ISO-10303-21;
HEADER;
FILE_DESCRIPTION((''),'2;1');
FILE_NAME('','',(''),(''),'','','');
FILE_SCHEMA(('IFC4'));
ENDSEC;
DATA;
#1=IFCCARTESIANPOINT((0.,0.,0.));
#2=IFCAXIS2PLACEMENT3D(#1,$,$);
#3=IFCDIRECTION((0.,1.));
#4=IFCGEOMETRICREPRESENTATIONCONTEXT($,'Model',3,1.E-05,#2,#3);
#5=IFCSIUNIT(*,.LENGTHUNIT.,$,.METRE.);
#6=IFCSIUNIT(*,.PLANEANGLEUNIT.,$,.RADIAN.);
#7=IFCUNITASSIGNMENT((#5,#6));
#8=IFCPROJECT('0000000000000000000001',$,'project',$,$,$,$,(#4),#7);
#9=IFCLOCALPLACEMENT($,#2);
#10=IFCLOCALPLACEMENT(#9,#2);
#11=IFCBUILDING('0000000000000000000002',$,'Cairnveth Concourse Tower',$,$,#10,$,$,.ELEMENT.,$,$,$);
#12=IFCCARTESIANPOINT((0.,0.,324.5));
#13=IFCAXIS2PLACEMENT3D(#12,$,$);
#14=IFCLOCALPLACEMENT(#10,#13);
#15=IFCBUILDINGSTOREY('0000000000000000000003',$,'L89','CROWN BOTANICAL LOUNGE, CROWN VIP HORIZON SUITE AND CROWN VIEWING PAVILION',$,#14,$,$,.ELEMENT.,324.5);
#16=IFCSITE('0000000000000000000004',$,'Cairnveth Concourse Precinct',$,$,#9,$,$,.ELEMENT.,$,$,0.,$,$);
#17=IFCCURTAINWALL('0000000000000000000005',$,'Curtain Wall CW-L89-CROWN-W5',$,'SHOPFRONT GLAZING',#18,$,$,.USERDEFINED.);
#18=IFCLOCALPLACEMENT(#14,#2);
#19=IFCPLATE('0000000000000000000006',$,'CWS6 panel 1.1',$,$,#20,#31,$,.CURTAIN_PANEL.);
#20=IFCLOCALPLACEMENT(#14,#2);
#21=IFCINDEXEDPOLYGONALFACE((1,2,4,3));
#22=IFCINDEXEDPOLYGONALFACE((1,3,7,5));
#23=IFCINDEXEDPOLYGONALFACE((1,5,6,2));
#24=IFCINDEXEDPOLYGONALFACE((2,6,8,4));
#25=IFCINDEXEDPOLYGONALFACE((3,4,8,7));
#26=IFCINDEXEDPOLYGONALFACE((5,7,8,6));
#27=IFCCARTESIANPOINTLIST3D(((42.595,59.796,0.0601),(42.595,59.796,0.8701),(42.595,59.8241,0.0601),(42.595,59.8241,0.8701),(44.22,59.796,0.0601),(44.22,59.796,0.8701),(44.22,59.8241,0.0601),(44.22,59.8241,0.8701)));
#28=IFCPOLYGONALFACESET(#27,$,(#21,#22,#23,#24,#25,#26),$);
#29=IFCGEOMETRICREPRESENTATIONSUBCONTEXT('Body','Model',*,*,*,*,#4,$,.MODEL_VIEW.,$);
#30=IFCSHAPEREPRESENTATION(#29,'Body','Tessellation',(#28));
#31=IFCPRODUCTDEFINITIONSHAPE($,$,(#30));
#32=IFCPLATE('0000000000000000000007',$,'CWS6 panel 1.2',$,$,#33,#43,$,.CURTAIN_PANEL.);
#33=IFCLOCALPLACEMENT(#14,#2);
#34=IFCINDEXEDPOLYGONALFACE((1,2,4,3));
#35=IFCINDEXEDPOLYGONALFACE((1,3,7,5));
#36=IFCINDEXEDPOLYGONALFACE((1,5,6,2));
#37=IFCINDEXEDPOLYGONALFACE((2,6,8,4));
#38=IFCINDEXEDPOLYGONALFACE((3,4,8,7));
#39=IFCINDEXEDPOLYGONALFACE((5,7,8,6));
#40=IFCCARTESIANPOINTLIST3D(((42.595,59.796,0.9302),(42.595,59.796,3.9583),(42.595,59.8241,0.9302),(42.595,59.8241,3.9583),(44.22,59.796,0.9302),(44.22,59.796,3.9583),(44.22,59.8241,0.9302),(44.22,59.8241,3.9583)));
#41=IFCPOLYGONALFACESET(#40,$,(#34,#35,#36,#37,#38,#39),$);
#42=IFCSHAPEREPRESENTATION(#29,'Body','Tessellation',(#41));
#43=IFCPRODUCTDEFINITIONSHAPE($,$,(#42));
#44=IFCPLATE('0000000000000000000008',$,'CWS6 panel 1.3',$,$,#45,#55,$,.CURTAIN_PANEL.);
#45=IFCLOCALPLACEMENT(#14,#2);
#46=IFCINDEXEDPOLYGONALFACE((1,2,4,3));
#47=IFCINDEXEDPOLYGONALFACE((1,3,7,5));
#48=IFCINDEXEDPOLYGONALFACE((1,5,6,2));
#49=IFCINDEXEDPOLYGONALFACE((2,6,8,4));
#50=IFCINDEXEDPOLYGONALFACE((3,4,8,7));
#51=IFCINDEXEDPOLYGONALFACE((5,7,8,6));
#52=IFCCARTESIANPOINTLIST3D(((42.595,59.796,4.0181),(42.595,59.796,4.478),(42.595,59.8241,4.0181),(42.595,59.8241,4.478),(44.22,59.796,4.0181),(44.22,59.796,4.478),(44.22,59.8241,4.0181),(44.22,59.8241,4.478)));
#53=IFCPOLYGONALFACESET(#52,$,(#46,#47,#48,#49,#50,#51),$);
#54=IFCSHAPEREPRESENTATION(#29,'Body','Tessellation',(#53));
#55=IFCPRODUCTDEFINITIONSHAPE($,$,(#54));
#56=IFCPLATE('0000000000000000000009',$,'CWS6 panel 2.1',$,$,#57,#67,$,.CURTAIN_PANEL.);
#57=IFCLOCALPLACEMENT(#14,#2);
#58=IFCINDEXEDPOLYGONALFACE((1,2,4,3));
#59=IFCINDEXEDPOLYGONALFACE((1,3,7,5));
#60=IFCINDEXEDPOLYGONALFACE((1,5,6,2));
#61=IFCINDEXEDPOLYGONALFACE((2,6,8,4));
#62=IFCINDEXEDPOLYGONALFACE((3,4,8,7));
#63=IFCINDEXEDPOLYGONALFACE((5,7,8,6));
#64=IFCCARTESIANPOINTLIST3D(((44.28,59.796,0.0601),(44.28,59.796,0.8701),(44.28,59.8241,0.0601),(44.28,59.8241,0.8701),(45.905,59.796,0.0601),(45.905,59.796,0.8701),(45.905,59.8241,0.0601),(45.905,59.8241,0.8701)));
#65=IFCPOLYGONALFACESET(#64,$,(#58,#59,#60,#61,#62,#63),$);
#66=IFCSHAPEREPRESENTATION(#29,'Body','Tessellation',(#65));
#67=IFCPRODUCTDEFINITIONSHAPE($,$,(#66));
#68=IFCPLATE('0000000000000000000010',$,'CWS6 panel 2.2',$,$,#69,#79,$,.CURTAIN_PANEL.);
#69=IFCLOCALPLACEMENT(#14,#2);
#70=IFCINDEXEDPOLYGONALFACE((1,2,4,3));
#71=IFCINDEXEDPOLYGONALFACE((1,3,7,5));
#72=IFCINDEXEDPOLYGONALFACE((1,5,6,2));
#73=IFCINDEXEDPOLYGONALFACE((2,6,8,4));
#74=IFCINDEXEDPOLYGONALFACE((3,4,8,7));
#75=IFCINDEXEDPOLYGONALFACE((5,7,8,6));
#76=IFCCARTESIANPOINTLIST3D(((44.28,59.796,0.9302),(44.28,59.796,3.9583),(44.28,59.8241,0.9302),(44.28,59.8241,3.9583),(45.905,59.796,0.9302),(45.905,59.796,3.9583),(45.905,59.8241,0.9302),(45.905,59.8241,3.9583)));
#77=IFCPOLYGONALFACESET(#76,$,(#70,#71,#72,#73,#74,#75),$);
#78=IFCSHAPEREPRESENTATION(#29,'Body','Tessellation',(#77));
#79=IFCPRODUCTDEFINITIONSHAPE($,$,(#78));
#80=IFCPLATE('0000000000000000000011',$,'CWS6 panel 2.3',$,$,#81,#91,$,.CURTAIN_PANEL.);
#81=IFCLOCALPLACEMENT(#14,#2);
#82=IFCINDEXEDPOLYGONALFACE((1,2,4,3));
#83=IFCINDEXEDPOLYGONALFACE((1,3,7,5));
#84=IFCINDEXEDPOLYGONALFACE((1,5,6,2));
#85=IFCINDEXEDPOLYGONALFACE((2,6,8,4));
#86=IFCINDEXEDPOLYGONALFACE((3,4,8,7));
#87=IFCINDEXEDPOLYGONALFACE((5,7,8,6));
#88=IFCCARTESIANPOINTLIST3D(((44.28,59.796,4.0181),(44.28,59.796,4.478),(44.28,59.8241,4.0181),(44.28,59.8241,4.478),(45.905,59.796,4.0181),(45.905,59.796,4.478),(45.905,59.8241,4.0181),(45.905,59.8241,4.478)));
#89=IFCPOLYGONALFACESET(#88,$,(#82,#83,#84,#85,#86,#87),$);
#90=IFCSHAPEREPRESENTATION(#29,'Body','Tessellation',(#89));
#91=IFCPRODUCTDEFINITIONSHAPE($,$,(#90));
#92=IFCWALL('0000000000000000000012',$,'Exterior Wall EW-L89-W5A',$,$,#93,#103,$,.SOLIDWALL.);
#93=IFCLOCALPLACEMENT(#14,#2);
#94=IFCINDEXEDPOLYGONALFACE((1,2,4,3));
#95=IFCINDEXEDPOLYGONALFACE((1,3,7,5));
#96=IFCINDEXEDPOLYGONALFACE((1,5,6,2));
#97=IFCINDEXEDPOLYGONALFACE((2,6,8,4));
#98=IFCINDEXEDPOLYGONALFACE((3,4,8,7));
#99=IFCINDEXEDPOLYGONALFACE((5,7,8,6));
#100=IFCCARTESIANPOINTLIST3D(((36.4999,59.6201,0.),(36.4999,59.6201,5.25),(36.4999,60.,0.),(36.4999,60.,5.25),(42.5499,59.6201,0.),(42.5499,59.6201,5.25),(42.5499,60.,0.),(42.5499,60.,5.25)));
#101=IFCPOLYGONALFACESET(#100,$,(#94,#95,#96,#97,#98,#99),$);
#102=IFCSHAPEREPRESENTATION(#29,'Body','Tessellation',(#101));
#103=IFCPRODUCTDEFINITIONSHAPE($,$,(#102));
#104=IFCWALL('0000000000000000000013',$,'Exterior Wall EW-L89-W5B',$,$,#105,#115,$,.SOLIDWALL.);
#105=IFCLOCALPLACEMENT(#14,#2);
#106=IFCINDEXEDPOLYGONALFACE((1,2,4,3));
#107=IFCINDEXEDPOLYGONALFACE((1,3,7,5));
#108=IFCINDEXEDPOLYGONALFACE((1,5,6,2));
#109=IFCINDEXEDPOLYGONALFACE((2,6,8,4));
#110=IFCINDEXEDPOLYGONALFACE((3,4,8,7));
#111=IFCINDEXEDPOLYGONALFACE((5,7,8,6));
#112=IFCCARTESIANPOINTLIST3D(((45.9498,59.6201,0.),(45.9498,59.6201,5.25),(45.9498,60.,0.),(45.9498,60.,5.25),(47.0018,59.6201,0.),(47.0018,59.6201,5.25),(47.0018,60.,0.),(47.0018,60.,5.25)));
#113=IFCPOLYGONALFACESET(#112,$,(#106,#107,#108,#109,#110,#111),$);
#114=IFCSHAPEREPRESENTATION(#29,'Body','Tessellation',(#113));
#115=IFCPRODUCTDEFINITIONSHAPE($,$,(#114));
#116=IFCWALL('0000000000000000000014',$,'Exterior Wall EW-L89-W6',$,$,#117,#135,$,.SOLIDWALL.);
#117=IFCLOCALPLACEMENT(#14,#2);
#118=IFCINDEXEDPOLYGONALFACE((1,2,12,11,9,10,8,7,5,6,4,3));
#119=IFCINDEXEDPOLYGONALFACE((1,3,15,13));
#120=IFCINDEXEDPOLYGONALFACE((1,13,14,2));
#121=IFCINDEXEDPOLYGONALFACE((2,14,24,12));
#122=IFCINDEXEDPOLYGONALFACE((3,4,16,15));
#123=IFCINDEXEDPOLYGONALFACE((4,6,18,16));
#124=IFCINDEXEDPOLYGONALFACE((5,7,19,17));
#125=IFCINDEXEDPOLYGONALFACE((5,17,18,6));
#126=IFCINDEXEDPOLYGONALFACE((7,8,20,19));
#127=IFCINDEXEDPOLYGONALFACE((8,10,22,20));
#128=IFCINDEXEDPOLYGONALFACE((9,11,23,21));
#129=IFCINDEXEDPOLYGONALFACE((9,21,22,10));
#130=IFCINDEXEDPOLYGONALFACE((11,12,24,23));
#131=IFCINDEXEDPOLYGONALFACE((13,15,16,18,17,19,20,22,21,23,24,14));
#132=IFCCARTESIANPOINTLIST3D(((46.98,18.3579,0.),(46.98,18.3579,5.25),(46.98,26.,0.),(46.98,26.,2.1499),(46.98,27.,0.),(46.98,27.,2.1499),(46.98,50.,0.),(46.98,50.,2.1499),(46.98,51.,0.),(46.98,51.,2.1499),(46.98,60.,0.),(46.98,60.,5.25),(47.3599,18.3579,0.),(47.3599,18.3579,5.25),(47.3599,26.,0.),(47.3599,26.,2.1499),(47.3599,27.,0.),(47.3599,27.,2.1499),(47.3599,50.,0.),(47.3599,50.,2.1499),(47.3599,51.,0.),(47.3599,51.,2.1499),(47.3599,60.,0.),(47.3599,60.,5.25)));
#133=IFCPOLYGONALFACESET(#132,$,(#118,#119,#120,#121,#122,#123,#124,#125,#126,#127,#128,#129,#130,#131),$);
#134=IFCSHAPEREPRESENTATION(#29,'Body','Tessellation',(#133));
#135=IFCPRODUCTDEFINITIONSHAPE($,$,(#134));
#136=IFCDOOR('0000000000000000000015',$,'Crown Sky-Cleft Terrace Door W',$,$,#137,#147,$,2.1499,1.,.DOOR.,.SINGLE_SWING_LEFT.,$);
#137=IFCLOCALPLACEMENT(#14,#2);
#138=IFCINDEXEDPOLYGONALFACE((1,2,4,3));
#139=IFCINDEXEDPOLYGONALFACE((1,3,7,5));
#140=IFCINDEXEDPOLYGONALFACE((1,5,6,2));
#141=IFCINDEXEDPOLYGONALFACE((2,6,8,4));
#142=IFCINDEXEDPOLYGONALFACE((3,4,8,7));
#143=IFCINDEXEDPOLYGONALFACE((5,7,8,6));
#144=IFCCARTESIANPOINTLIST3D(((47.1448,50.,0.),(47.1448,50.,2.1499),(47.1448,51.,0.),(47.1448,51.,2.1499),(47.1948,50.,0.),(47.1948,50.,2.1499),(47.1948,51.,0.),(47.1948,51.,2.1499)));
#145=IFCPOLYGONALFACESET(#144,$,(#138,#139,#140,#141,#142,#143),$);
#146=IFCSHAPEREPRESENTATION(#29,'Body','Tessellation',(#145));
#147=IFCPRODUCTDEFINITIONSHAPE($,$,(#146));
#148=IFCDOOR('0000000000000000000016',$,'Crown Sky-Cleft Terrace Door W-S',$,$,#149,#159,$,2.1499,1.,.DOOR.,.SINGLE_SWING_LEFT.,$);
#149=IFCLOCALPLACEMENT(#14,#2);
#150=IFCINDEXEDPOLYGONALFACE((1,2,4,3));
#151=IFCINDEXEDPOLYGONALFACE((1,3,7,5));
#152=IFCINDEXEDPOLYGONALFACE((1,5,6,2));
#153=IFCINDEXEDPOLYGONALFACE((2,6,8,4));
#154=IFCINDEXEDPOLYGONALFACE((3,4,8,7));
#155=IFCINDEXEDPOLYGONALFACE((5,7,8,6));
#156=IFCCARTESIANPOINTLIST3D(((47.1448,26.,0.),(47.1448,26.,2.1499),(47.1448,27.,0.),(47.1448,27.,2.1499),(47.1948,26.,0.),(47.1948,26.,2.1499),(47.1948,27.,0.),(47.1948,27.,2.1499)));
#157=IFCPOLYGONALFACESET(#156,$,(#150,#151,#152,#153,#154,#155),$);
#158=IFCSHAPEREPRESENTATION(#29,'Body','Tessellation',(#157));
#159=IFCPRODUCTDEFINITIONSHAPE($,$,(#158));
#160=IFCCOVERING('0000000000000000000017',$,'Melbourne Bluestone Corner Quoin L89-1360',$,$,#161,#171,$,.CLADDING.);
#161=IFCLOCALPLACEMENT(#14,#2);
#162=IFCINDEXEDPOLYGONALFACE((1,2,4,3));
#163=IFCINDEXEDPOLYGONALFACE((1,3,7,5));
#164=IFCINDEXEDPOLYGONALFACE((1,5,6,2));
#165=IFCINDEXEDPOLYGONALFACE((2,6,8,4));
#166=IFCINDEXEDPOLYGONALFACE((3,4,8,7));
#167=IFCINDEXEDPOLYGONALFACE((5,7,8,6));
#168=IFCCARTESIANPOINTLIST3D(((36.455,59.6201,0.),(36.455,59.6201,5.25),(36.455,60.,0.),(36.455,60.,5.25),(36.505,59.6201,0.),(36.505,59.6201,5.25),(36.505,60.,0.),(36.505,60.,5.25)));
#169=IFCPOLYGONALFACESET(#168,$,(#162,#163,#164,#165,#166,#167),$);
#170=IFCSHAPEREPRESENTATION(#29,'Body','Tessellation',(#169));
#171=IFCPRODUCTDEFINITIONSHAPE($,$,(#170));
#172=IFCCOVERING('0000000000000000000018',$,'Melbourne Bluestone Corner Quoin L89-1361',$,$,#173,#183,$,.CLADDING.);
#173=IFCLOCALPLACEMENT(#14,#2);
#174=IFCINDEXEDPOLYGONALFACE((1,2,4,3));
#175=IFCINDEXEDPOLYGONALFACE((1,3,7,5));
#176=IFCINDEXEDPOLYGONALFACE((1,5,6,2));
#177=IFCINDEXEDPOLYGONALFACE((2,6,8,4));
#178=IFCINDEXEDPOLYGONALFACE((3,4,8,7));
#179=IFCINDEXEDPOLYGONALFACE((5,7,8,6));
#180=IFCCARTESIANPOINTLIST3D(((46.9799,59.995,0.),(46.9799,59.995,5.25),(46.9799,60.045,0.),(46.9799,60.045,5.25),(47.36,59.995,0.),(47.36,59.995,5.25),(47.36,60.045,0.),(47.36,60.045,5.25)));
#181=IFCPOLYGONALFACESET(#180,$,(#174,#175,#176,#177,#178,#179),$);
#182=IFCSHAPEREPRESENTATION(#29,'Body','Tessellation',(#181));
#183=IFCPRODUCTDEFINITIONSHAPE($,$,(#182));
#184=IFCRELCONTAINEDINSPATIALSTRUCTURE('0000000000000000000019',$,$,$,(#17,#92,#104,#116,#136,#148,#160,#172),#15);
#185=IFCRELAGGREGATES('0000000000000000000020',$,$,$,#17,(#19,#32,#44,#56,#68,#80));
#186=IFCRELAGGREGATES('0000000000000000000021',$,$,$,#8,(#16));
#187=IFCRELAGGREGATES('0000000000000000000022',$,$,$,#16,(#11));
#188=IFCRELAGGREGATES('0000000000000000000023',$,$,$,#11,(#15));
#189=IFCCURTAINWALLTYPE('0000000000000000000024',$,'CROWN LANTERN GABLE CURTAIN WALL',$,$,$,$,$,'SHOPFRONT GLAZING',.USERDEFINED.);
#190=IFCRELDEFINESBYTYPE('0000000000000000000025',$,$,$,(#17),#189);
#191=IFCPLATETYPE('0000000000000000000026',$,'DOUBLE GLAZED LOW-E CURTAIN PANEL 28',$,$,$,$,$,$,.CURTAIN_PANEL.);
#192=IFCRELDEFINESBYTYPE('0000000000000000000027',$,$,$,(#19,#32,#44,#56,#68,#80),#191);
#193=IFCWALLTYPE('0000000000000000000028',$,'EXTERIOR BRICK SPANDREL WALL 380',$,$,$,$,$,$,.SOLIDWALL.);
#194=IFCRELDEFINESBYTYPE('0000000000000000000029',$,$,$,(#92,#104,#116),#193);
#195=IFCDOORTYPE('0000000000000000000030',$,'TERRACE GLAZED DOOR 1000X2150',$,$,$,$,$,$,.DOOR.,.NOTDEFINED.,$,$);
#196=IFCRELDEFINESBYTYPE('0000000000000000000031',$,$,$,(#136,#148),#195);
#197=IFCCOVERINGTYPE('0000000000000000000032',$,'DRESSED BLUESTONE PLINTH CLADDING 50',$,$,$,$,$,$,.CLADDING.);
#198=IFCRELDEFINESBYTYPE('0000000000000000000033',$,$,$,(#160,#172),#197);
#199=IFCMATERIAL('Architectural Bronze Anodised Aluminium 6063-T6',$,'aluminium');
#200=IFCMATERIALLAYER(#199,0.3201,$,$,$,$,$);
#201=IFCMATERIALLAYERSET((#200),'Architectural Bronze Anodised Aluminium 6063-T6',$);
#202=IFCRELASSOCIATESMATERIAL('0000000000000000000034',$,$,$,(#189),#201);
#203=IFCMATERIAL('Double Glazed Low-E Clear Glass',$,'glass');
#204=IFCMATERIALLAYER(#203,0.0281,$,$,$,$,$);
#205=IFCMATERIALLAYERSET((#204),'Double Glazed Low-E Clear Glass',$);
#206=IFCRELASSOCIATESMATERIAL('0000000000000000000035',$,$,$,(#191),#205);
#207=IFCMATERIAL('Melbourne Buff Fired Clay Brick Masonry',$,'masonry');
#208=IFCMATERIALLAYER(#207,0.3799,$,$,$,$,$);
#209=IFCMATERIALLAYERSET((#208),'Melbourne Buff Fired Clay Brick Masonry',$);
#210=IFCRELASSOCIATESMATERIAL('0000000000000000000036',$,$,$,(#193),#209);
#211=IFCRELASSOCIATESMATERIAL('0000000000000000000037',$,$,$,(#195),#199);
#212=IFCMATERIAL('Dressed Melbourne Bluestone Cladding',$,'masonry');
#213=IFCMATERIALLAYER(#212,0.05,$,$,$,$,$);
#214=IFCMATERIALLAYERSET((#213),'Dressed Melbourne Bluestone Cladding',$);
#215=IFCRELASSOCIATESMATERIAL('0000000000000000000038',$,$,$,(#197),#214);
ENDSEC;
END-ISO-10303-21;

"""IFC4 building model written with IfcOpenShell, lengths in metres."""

from ifc_helpers import new_model, si_unit, direction, frame, frame_2d, origin, origin_2d, place, context, subcontext, project, spatial, rectangle, extrude, material, layer, layer_set, type_object, element, fill, aggregate, save


model = new_model("IFC4")

# Units and contexts
model_context = context("Model", 3, precision=1e-05, world=origin(), true_north=direction((0.0, 1.0)))
body_context = subcontext(model_context, "Body", "Model", "MODEL_VIEW")
ifc_project = project(units=[si_unit("LENGTHUNIT", "METRE"), si_unit("PLANEANGLEUNIT", "RADIAN")], contexts=[model_context])

# Site, building, storey
site_placement = place(None, origin())
site = spatial("IfcSite", under=ifc_project, at=site_placement, Name="Cairnveth Concourse Precinct", CompositionType="ELEMENT", RefElevation=0.0)
building_placement = place(site_placement, origin())
building = spatial("IfcBuilding", under=site, at=building_placement, Name="Cairnveth Concourse Tower", CompositionType="ELEMENT")
storey_placement = place(building_placement, frame((0.0, 0.0, 324.5)))
storey = spatial("IfcBuildingStorey", under=building, at=storey_placement, Name="L89", Description="CROWN BOTANICAL LOUNGE, CROWN VIP HORIZON SUITE AND CROWN VIEWING PAVILION", CompositionType="ELEMENT", Elevation=324.5)

# Curtain wall
ifc_material_1 = material(Name="Architectural Bronze Anodised Aluminium 6063-T6", Category="aluminium")
ifc_layer_1 = layer(ifc_material_1, 0.3201)
ifc_layer_set_1 = layer_set([ifc_layer_1], Name="Architectural Bronze Anodised Aluminium 6063-T6")
curtain_wall_type = type_object("IfcCurtainWallType", Name="CROWN LANTERN GABLE CURTAIN WALL", ElementType="SHOPFRONT GLAZING", PredefinedType="USERDEFINED", material=ifc_layer_set_1)
curtain_wall_placement = place(storey_placement, origin())
curtain_wall = element("IfcCurtainWall", 1, at=curtain_wall_placement, inside=storey, type_object=curtain_wall_type, Name="Curtain Wall CW-L89-CROWN-W5", ObjectType="SHOPFRONT GLAZING", PredefinedType="USERDEFINED")

# Plates
ifc_material_2 = material(Name="Double Glazed Low-E Clear Glass", Category="glass")
ifc_layer_2 = layer(ifc_material_2, 0.0281)
ifc_layer_set_2 = layer_set([ifc_layer_2], Name="Double Glazed Low-E Clear Glass")
plate_type = type_object("IfcPlateType", Name="DOUBLE GLAZED LOW-E CURTAIN PANEL 28", PredefinedType="CURTAIN_PANEL", material=ifc_layer_set_2)
plate_1_placement = place(storey_placement, frame((43.4075, 59.8101, 0.0601), z_axis=(0.0, 0.0, 1.0), x_axis=(1.0, 0.0, 0.0)))
plate_1 = element("IfcPlate", 2, at=plate_1_placement, type_object=plate_type, Name="CWS6 panel 1.1", PredefinedType="CURTAIN_PANEL", context=body_context, shape_type="SweptSolid", body=[
    extrude(rectangle(XDim=1.625, YDim=0.0281, at=origin_2d()), origin(), (0.0, 0.0, 1.0), 0.8101),
])
plate_2_placement = place(storey_placement, frame((43.4075, 59.8101, 0.9302), z_axis=(0.0, 0.0, 1.0), x_axis=(1.0, 0.0, 0.0)))
plate_2 = element("IfcPlate", 3, at=plate_2_placement, type_object=plate_type, Name="CWS6 panel 1.2", PredefinedType="CURTAIN_PANEL", context=body_context, shape_type="SweptSolid", body=[
    extrude(rectangle(XDim=1.625, YDim=0.0281, at=origin_2d()), origin(), (0.0, 0.0, 1.0), 3.0281),
])
plate_3_placement = place(storey_placement, frame((43.4075, 59.8101, 4.0181), z_axis=(0.0, 0.0, 1.0), x_axis=(1.0, 0.0, 0.0)))
plate_3 = element("IfcPlate", 4, at=plate_3_placement, type_object=plate_type, Name="CWS6 panel 1.3", PredefinedType="CURTAIN_PANEL", context=body_context, shape_type="SweptSolid", body=[
    extrude(rectangle(XDim=1.625, YDim=0.0281, at=origin_2d()), origin(), (0.0, 0.0, 1.0), 0.46),
])
plate_4_placement = place(storey_placement, frame((45.0925, 59.8101, 0.0601), z_axis=(0.0, 0.0, 1.0), x_axis=(1.0, 0.0, 0.0)))
plate_4 = element("IfcPlate", 5, at=plate_4_placement, type_object=plate_type, Name="CWS6 panel 2.1", PredefinedType="CURTAIN_PANEL", context=body_context, shape_type="SweptSolid", body=[
    extrude(rectangle(XDim=1.625, YDim=0.0281, at=origin_2d()), origin(), (0.0, 0.0, 1.0), 0.8101),
])
plate_5_placement = place(storey_placement, frame((45.0925, 59.8101, 0.9302), z_axis=(0.0, 0.0, 1.0), x_axis=(1.0, 0.0, 0.0)))
plate_5 = element("IfcPlate", 6, at=plate_5_placement, type_object=plate_type, Name="CWS6 panel 2.2", PredefinedType="CURTAIN_PANEL", context=body_context, shape_type="SweptSolid", body=[
    extrude(rectangle(XDim=1.625, YDim=0.0281, at=origin_2d()), origin(), (0.0, 0.0, 1.0), 3.0281),
])
plate_6_placement = place(storey_placement, frame((45.0925, 59.8101, 4.0181), z_axis=(0.0, 0.0, 1.0), x_axis=(1.0, 0.0, 0.0)))
plate_6 = element("IfcPlate", 7, at=plate_6_placement, type_object=plate_type, Name="CWS6 panel 2.3", PredefinedType="CURTAIN_PANEL", context=body_context, shape_type="SweptSolid", body=[
    extrude(rectangle(XDim=1.625, YDim=0.0281, at=origin_2d()), origin(), (0.0, 0.0, 1.0), 0.46),
])
aggregate(curtain_wall, [plate_1, plate_2, plate_3, plate_4, plate_5, plate_6])

# Walls
ifc_material_3 = material(Name="Melbourne Buff Fired Clay Brick Masonry", Category="masonry")
ifc_layer_3 = layer(ifc_material_3, 0.3799)
ifc_layer_set_3 = layer_set([ifc_layer_3], Name="Melbourne Buff Fired Clay Brick Masonry")
wall_type = type_object("IfcWallType", Name="EXTERIOR BRICK SPANDREL WALL 380", PredefinedType="SOLIDWALL", material=ifc_layer_set_3)
wall_1_placement = place(storey_placement, frame((36.5, 59.8101, 0.0), z_axis=(0.0, 0.0, 1.0), x_axis=(1.0, 0.0, 0.0)))
element("IfcWall", 8, at=wall_1_placement, inside=storey, type_object=wall_type, Name="Exterior Wall EW-L89-W5A", PredefinedType="SOLIDWALL", context=body_context, shape_type="SweptSolid", body=[
    extrude(rectangle(XDim=6.05, YDim=0.3799, at=frame_2d((3.0249, 0.0))), origin(), (0.0, 0.0, 1.0), 5.25),
])
wall_2_placement = place(storey_placement, frame((45.95, 59.8101, 0.0), z_axis=(0.0, 0.0, 1.0), x_axis=(1.0, 0.0, 0.0)))
element("IfcWall", 9, at=wall_2_placement, inside=storey, type_object=wall_type, Name="Exterior Wall EW-L89-W5B", PredefinedType="SOLIDWALL", context=body_context, shape_type="SweptSolid", body=[
    extrude(rectangle(XDim=1.052, YDim=0.3799, at=frame_2d((0.5259, 0.0))), origin(), (0.0, 0.0, 1.0), 5.25),
])

# Wall, openings, doors
wall_3_placement = place(storey_placement, frame((47.1699, 60.0, 0.0), z_axis=(0.0, 0.0, 1.0), x_axis=(0.0, -1.0, 0.0)))
wall_3 = element("IfcWall", 10, at=wall_3_placement, inside=storey, type_object=wall_type, Name="Exterior Wall EW-L89-W6", PredefinedType="SOLIDWALL", context=body_context, shape_type="SweptSolid", body=[
    extrude(rectangle(XDim=41.6421, YDim=0.3799, at=frame_2d((20.821, 0.0))), origin(), (0.0, 0.0, 1.0), 5.25),
])
opening_1_placement = place(wall_3_placement, frame((9.0, 0.0, 0.0)))
opening_1 = element("IfcOpeningElement", 11, at=opening_1_placement, cuts=wall_3, PredefinedType="OPENING", context=body_context, shape_type="SweptSolid", body=[
    extrude(rectangle(XDim=1.0, YDim=2.1499, at=frame_2d((0.5, 1.075))), frame((0.0, 0.2, 0.0), z_axis=(0.0, -1.0, 0.0), x_axis=(1.0, 0.0, 0.0)), (0.0, 0.0, 1.0), 0.3999),
])
opening_2_placement = place(wall_3_placement, frame((33.0, 0.0, 0.0)))
opening_2 = element("IfcOpeningElement", 12, at=opening_2_placement, cuts=wall_3, PredefinedType="OPENING", context=body_context, shape_type="SweptSolid", body=[
    extrude(rectangle(XDim=1.0, YDim=2.1499, at=frame_2d((0.5, 1.075))), frame((0.0, 0.2, 0.0), z_axis=(0.0, -1.0, 0.0), x_axis=(1.0, 0.0, 0.0)), (0.0, 0.0, 1.0), 0.3999),
])
door_type = type_object("IfcDoorType", Name="TERRACE GLAZED DOOR 1000X2150", OperationType="NOTDEFINED", PredefinedType="DOOR", material=ifc_material_1)
door_1_placement = place(opening_1_placement, origin())
door_1 = element("IfcDoor", 13, at=door_1_placement, inside=storey, type_object=door_type, Name="Crown Sky-Cleft Terrace Door W", OperationType="SINGLE_SWING_LEFT", OverallHeight=2.1499, OverallWidth=1.0, PredefinedType="DOOR", context=body_context, shape_type="SweptSolid", body=[
    extrude(rectangle(XDim=1.0, YDim=2.1499, at=frame_2d((0.5, 1.075))), frame((0.0, 0.0249, 0.0), z_axis=(0.0, -1.0, 0.0), x_axis=(1.0, 0.0, 0.0)), (0.0, 0.0, 1.0), 0.05),
])
fill(opening_1, door_1)
door_2_placement = place(opening_2_placement, origin())
door_2 = element("IfcDoor", 14, at=door_2_placement, inside=storey, type_object=door_type, Name="Crown Sky-Cleft Terrace Door W-S", OperationType="SINGLE_SWING_LEFT", OverallHeight=2.1499, OverallWidth=1.0, PredefinedType="DOOR", context=body_context, shape_type="SweptSolid", body=[
    extrude(rectangle(XDim=1.0, YDim=2.1499, at=frame_2d((0.5, 1.075))), frame((0.0, 0.0249, 0.0), z_axis=(0.0, -1.0, 0.0), x_axis=(1.0, 0.0, 0.0)), (0.0, 0.0, 1.0), 0.05),
])
fill(opening_2, door_2)

# Coverings
ifc_material_4 = material(Name="Dressed Melbourne Bluestone Cladding", Category="masonry")
ifc_layer_4 = layer(ifc_material_4, 0.05)
ifc_layer_set_4 = layer_set([ifc_layer_4], Name="Dressed Melbourne Bluestone Cladding")
covering_type = type_object("IfcCoveringType", Name="DRESSED BLUESTONE PLINTH CLADDING 50", PredefinedType="CLADDING", material=ifc_layer_set_4)
covering_1_placement = place(storey_placement, frame((36.48, 59.6201, 0.0), z_axis=(0.0, 0.0, 1.0), x_axis=(0.0, 1.0, 0.0)))
element("IfcCovering", 15, at=covering_1_placement, inside=storey, type_object=covering_type, Name="Melbourne Bluestone Corner Quoin L89-1360", PredefinedType="CLADDING", context=body_context, shape_type="SweptSolid", body=[
    extrude(rectangle(XDim=0.3799, YDim=0.05, at=frame_2d((0.1899, 0.0))), origin(), (0.0, 0.0, 1.0), 5.25),
])
covering_2_placement = place(storey_placement, frame((46.98, 60.02, 0.0), z_axis=(0.0, 0.0, 1.0), x_axis=(1.0, 0.0, 0.0)))
element("IfcCovering", 16, at=covering_2_placement, inside=storey, type_object=covering_type, Name="Melbourne Bluestone Corner Quoin L89-1361", PredefinedType="CLADDING", context=body_context, shape_type="SweptSolid", body=[
    extrude(rectangle(XDim=0.3801, YDim=0.05, at=frame_2d((0.1899, 0.0))), origin(), (0.0, 0.0, 1.0), 5.25),
])

save(model, "model.ifc")
